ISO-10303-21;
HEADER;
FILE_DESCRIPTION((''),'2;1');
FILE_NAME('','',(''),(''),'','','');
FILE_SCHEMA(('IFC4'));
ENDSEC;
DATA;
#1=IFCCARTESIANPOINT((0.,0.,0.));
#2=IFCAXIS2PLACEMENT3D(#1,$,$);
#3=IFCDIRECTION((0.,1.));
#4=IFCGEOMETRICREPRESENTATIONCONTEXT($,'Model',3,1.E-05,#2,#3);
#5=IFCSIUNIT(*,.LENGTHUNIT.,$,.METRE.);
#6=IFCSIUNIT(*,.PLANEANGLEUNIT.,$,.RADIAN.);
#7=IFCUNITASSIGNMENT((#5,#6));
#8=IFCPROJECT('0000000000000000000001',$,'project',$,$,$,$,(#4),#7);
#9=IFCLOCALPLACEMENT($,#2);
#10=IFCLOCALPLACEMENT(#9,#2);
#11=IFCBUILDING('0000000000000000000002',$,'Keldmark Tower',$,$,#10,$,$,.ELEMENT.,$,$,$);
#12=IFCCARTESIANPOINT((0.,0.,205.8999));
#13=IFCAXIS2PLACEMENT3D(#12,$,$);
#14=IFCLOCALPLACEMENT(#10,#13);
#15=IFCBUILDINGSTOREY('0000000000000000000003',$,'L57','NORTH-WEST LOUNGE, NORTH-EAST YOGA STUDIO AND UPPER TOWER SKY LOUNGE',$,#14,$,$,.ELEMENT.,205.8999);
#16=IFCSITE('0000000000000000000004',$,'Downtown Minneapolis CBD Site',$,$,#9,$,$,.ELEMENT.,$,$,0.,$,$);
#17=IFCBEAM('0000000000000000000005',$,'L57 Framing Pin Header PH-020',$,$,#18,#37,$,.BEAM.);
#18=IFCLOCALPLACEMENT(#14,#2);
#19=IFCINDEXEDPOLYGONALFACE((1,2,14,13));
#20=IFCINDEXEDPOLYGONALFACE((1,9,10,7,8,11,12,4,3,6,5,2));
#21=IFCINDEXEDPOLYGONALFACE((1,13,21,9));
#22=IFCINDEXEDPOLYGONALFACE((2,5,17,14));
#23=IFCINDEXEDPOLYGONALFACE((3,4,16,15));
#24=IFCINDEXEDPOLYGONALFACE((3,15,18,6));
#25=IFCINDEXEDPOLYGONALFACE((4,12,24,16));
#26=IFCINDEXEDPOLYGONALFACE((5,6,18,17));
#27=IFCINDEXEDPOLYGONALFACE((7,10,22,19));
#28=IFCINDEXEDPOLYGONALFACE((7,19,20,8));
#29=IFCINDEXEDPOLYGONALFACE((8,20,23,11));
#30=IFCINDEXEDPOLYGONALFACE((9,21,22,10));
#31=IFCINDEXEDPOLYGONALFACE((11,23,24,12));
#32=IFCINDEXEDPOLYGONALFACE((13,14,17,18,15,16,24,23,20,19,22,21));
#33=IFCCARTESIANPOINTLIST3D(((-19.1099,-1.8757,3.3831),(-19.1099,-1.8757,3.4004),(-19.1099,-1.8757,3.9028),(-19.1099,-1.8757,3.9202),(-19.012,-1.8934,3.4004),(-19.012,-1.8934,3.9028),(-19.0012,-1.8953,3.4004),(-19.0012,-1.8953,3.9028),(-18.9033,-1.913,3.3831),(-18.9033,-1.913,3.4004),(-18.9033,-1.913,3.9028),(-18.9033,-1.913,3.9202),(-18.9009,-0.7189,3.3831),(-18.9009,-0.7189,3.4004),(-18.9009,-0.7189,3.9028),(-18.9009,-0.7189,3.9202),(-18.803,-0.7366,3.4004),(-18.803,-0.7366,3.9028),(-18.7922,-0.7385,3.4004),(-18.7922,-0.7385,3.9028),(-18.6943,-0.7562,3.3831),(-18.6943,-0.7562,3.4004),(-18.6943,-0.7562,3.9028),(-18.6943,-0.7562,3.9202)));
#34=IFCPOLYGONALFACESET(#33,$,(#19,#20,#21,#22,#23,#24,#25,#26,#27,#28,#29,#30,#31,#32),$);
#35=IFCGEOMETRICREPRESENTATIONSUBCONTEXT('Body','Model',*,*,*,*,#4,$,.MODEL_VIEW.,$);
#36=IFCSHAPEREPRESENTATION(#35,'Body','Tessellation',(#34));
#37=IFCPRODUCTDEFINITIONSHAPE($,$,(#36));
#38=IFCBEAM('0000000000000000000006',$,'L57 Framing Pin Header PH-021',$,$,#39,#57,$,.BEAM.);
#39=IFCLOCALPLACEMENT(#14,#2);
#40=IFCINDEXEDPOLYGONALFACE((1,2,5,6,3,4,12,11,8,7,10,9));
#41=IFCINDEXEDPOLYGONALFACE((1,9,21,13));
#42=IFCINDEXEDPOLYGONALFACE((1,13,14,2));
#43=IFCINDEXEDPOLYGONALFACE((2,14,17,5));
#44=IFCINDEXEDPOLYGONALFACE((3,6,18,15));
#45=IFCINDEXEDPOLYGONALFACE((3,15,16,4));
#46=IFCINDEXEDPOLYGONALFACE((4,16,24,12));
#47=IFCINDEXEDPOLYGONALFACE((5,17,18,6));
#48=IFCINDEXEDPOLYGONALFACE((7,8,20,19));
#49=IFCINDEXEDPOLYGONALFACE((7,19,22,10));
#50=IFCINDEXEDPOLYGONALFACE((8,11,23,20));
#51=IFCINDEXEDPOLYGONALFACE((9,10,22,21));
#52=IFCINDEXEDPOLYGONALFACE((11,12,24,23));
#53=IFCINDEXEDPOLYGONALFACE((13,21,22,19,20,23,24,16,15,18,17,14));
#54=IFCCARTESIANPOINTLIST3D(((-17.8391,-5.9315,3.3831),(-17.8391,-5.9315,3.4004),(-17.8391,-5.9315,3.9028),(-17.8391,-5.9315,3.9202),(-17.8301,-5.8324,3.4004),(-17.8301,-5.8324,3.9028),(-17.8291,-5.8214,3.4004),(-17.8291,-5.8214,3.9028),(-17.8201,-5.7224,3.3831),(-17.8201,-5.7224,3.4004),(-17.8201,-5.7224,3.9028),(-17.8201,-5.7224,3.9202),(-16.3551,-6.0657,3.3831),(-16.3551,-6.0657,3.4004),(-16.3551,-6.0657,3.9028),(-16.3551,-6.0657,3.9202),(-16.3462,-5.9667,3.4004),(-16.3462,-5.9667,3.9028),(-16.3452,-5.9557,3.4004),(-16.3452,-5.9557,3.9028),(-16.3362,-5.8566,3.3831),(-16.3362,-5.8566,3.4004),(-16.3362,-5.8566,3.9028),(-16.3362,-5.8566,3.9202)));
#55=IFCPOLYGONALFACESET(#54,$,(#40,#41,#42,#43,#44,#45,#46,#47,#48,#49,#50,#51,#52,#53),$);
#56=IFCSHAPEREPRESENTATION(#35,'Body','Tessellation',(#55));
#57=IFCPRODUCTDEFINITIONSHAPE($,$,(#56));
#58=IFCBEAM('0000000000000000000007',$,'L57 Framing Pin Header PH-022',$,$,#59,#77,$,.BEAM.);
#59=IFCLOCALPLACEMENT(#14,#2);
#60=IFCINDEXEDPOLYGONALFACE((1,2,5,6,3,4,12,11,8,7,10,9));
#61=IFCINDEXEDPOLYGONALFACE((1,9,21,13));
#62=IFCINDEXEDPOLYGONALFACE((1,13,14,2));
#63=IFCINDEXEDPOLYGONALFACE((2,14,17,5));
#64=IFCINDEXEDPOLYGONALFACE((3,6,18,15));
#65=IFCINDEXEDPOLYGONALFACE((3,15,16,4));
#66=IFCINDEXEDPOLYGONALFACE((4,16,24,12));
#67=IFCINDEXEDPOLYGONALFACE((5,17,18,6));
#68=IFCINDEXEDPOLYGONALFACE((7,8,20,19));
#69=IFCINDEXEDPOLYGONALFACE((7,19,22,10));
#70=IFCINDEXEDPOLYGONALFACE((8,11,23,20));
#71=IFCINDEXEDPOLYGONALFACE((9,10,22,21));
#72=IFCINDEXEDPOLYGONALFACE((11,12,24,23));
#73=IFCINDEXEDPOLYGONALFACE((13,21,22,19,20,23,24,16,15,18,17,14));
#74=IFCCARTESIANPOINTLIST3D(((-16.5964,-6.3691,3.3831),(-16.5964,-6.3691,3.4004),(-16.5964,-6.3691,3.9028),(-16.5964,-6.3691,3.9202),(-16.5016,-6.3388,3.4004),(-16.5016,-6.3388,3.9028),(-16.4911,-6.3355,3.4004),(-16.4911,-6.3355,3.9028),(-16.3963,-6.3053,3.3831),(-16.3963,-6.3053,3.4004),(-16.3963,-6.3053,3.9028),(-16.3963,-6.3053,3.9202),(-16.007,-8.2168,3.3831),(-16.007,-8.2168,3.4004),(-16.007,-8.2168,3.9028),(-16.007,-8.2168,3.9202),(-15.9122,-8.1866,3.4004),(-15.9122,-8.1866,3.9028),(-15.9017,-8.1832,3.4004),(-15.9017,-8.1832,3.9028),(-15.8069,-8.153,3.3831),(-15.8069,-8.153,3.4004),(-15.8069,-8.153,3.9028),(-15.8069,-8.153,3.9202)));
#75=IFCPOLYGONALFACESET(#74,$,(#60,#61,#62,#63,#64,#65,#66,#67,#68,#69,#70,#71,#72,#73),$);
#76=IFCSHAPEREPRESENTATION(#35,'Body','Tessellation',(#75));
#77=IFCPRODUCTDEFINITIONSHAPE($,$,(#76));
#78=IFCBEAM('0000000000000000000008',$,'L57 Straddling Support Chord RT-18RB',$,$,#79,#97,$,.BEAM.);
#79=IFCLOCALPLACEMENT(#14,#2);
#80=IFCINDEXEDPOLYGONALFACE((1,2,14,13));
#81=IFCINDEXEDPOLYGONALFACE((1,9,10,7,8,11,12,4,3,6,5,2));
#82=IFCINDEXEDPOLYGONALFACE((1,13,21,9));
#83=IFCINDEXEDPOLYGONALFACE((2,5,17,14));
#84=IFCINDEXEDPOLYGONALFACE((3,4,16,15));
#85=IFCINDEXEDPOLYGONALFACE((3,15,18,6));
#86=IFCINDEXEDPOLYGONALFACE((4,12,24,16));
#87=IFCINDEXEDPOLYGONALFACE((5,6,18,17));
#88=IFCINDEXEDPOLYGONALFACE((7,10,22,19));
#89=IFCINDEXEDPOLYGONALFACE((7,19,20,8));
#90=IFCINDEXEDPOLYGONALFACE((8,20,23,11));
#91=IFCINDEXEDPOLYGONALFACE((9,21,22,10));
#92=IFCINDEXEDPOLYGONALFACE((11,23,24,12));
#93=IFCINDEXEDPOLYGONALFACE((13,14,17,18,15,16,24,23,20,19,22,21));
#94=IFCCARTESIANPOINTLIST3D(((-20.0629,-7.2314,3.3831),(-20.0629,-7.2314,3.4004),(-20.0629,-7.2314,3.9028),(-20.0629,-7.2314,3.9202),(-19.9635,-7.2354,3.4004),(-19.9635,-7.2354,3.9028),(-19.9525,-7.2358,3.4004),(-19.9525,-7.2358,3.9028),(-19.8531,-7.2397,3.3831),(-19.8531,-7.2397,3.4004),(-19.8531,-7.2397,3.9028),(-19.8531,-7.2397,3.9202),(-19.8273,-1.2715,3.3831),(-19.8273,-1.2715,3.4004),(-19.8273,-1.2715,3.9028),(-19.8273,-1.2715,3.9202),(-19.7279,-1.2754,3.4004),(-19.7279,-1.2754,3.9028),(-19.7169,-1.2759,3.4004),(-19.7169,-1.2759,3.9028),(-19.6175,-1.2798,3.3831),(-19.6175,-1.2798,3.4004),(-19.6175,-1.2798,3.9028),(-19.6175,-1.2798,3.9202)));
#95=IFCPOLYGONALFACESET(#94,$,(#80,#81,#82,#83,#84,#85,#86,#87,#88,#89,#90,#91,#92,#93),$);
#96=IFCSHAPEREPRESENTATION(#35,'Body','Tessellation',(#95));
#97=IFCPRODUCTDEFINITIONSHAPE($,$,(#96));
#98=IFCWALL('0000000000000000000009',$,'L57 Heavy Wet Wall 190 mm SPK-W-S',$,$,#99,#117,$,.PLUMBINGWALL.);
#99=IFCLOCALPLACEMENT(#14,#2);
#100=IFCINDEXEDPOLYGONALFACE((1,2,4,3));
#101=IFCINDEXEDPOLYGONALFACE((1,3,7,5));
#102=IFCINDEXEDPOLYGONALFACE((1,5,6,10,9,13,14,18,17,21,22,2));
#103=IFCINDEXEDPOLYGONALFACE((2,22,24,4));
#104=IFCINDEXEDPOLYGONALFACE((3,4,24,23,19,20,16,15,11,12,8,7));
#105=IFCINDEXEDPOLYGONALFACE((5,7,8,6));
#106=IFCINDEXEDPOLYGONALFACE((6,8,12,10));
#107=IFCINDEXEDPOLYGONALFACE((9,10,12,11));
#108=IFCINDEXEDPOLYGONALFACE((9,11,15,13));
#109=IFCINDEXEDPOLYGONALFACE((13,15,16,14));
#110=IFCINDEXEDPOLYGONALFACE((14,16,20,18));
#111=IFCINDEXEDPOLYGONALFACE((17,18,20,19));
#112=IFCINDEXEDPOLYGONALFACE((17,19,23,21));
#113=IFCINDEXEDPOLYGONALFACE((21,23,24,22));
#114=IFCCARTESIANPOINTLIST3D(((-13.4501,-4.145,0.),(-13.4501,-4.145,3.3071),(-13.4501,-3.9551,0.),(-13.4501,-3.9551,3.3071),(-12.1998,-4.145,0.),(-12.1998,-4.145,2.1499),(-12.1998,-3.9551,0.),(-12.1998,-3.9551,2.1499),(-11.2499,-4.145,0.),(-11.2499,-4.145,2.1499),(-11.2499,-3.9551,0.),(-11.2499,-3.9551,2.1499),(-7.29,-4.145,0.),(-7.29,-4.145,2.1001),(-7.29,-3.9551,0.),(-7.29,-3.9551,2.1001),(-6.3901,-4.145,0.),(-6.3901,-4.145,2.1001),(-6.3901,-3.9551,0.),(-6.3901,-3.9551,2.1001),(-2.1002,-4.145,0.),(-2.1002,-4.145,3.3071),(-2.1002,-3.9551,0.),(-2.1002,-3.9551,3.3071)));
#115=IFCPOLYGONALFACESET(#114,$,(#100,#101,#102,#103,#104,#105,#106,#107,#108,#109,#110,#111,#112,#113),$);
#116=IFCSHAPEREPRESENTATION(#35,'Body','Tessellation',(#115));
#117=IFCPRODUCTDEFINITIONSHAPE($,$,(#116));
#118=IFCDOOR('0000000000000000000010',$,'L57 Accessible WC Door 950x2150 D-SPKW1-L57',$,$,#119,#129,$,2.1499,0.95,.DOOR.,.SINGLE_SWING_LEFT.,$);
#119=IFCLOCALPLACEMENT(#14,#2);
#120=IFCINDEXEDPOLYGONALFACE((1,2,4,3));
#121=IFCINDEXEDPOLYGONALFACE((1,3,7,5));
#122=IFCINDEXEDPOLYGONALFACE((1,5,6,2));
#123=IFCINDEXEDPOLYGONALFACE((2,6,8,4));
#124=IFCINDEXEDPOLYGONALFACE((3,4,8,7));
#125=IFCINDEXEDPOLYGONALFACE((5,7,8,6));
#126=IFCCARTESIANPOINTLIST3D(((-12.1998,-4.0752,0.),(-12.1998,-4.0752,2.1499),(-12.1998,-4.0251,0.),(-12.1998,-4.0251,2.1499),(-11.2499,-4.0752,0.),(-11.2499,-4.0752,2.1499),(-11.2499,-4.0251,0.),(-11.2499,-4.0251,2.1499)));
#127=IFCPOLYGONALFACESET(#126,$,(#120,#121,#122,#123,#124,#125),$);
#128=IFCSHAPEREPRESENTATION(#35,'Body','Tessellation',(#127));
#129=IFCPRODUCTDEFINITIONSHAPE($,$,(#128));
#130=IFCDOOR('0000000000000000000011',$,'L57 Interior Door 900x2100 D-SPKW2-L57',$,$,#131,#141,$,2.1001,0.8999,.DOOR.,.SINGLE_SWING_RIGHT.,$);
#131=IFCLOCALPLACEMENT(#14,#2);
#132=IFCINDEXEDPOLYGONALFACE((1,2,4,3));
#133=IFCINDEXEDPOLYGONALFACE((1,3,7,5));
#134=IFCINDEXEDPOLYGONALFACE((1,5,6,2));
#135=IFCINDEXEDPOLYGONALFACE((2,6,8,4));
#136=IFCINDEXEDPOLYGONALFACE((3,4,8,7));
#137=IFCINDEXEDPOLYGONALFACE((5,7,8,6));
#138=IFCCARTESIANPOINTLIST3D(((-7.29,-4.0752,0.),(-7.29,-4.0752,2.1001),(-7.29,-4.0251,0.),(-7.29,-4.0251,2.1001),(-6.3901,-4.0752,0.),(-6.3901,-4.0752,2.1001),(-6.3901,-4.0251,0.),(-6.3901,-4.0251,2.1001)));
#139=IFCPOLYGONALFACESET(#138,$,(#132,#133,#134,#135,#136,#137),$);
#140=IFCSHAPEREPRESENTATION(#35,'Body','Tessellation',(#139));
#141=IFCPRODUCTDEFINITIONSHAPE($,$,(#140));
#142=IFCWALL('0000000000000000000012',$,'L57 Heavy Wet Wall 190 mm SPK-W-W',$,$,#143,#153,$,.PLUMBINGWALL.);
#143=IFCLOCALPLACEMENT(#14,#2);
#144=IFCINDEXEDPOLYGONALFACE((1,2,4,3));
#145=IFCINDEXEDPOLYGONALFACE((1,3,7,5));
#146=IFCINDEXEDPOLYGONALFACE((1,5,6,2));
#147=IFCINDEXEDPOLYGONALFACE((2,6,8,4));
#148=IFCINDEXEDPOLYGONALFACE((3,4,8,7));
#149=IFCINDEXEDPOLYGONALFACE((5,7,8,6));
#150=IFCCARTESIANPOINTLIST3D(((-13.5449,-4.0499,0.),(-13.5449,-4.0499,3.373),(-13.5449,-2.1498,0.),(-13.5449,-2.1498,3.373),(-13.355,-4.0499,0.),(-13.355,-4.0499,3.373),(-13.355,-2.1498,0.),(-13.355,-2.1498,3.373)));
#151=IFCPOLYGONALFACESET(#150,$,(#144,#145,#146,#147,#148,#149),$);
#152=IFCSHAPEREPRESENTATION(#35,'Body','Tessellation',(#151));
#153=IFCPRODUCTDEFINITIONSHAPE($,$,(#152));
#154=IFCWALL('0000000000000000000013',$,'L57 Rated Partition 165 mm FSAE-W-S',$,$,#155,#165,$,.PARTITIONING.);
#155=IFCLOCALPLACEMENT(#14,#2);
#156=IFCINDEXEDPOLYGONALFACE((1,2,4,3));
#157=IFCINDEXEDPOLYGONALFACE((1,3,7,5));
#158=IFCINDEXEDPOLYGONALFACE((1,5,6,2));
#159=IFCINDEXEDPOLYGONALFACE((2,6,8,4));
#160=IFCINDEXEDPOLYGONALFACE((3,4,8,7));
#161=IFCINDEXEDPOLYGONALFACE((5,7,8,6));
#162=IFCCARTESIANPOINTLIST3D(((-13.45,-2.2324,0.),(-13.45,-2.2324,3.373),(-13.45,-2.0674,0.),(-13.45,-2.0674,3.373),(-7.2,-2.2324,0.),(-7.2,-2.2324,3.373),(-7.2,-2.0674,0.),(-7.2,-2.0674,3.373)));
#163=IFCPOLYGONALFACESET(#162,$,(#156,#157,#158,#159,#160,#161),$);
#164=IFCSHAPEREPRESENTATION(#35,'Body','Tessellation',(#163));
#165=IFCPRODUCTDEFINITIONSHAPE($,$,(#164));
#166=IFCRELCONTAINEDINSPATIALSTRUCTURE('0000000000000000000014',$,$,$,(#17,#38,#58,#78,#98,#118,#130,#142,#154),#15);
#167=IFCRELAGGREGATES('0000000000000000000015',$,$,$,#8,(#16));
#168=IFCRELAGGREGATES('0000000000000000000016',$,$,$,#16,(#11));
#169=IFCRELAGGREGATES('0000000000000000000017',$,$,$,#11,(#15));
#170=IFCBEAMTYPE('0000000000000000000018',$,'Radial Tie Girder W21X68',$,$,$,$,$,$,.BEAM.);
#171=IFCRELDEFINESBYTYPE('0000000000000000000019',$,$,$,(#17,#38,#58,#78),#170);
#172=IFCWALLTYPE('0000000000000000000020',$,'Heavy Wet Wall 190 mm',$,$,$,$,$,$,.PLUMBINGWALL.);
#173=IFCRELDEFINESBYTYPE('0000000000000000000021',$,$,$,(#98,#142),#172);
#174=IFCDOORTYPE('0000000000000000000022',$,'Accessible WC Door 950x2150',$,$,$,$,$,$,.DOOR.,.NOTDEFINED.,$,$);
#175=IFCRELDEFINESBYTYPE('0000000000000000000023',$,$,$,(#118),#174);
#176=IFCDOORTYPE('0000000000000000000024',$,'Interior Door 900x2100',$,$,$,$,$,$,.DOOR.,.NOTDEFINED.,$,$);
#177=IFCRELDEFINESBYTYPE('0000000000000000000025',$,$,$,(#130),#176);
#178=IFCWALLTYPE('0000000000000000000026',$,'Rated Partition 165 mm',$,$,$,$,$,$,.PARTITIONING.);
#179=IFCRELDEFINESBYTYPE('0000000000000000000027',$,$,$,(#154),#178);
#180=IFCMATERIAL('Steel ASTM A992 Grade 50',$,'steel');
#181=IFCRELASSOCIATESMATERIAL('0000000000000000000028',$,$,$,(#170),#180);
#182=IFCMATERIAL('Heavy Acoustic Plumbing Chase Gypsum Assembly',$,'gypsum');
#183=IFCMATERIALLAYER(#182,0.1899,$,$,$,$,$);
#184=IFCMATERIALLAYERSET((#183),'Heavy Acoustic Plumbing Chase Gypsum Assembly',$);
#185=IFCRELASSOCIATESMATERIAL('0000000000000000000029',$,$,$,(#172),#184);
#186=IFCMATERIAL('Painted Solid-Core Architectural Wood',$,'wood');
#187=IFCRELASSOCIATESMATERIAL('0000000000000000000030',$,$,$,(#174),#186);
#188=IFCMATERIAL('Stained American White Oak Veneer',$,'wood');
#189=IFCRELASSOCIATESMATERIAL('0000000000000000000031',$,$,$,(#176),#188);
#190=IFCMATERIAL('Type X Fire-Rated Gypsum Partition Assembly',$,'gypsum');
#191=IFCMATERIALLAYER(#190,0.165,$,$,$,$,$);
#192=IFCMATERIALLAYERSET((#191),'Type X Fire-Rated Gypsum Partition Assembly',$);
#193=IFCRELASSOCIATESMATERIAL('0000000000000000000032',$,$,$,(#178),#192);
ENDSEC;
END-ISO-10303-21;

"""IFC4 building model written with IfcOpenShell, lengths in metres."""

from ifc_helpers import new_model, si_unit, direction, frame, frame_2d, origin, origin_2d, place, context, subcontext, project, spatial, rectangle, i_section, extrude, material, layer, layer_set, material_profile, profile_set, type_object, element, fill, save


model = new_model("IFC4")

# Units and contexts
model_context = context("Model", 3, precision=1e-05, world=origin(), true_north=direction((0.0, 1.0)))
body_context = subcontext(model_context, "Body", "Model", "MODEL_VIEW")
ifc_project = project(units=[si_unit("LENGTHUNIT", "METRE"), si_unit("PLANEANGLEUNIT", "RADIAN")], contexts=[model_context])

# Site, building, storey
site_placement = place(None, origin())
site = spatial("IfcSite", under=ifc_project, at=site_placement, Name="Downtown Minneapolis CBD Site", CompositionType="ELEMENT", RefElevation=0.0)
building_placement = place(site_placement, origin())
building = spatial("IfcBuilding", under=site, at=building_placement, Name="Keldmark Tower", CompositionType="ELEMENT")
storey_placement = place(building_placement, frame((0.0, 0.0, 205.8999)))
storey = spatial("IfcBuildingStorey", under=building, at=storey_placement, Name="L57", Description="NORTH-WEST LOUNGE, NORTH-EAST YOGA STUDIO AND UPPER TOWER SKY LOUNGE", CompositionType="ELEMENT", Elevation=205.8999)

# Beams
ifc_material_1 = material(Name="Steel ASTM A992 Grade 50", Category="steel")
ifc_material_profile_1 = material_profile(ifc_material_1, i_section(OverallWidth=0.21, OverallDepth=0.5371, WebThickness=0.011, FlangeThickness=0.0173, at=origin_2d()), Name="W21X68")
ifc_profile_set_1 = profile_set([ifc_material_profile_1], Name="Steel ASTM A992 Grade 50")
beam_type_1 = type_object("IfcBeamType", Name="Radial Tie Girder W21X68", PredefinedType="BEAM", material=ifc_profile_set_1)
beam_1_placement = place(storey_placement, frame((-18.7976, -0.7375, 3.6516), z_axis=(-0.177789, -0.984069, 0.0), x_axis=(0.984069, -0.177789, 0.0)))
element("IfcBeam", 1, at=beam_1_placement, inside=storey, type_object=beam_type_1, Name="L57 Framing Pin Header PH-020", PredefinedType="BEAM", context=body_context, shape_type="SweptSolid", body=[
    extrude(i_section(OverallWidth=0.21, OverallDepth=0.5371, WebThickness=0.011, FlangeThickness=0.0173, at=origin_2d()), origin(), (0.0, 0.0, 1.0), 1.1755),
])
beam_2_placement = place(storey_placement, frame((-17.8296, -5.8269, 3.6516), z_axis=(0.995931, -0.090122, 0.0), x_axis=(0.090122, 0.995931, 0.0)))
element("IfcBeam", 2, at=beam_2_placement, inside=storey, type_object=beam_type_1, Name="L57 Framing Pin Header PH-021", PredefinedType="BEAM", context=body_context, shape_type="SweptSolid", body=[
    extrude(i_section(OverallWidth=0.21, OverallDepth=0.5371, WebThickness=0.011, FlangeThickness=0.0173, at=origin_2d()), origin(), (0.0, 0.0, 1.0), 1.49),
])
beam_3_placement = place(storey_placement, frame((-16.4963, -6.3372, 3.6516), z_axis=(0.303889, -0.952707, 0.0), x_axis=(0.952707, 0.303889, 0.0)))
element("IfcBeam", 3, at=beam_3_placement, inside=storey, type_object=beam_type_1, Name="L57 Framing Pin Header PH-022", PredefinedType="BEAM", context=body_context, shape_type="SweptSolid", body=[
    extrude(i_section(OverallWidth=0.21, OverallDepth=0.5371, WebThickness=0.011, FlangeThickness=0.0173, at=origin_2d()), origin(), (0.0, 0.0, 1.0), 1.9395),
])
beam_4_placement = place(storey_placement, frame((-19.7224, -1.2756, 3.6516), z_axis=(-0.039499, -0.99922, 0.0), x_axis=(0.99922, -0.039499, 0.0)))
element("IfcBeam", 4, at=beam_4_placement, inside=storey, type_object=beam_type_1, Name="L57 Straddling Support Chord RT-18RB", PredefinedType="BEAM", context=body_context, shape_type="SweptSolid", body=[
    extrude(i_section(OverallWidth=0.21, OverallDepth=0.5371, WebThickness=0.011, FlangeThickness=0.0173, at=origin_2d()), origin(), (0.0, 0.0, 1.0), 5.9646),
])

# Wall, openings, doors
ifc_material_2 = material(Name="Heavy Acoustic Plumbing Chase Gypsum Assembly", Category="gypsum")
ifc_layer_1 = layer(ifc_material_2, 0.1899)
ifc_layer_set_1 = layer_set([ifc_layer_1], Name="Heavy Acoustic Plumbing Chase Gypsum Assembly")
wall_type_1 = type_object("IfcWallType", Name="Heavy Wet Wall 190 mm", PredefinedType="PLUMBINGWALL", material=ifc_layer_set_1)
wall_1_placement = place(storey_placement, frame((-13.45, -4.05, 0.0), z_axis=(0.0, 0.0, 1.0), x_axis=(1.0, 0.0, 0.0)))
wall_1 = element("IfcWall", 5, at=wall_1_placement, inside=storey, type_object=wall_type_1, Name="L57 Heavy Wet Wall 190 mm SPK-W-S", PredefinedType="PLUMBINGWALL", context=body_context, shape_type="SweptSolid", body=[
    extrude(rectangle(XDim=11.3499, YDim=0.1899, at=frame_2d((5.6748, 0.0))), origin(), (0.0, 0.0, 1.0), 3.3071),
])
opening_1_placement = place(wall_1_placement, frame((1.25, 0.0, 0.0)))
opening_1 = element("IfcOpeningElement", 6, at=opening_1_placement, cuts=wall_1, PredefinedType="OPENING", context=body_context, shape_type="SweptSolid", body=[
    extrude(rectangle(XDim=0.95, YDim=2.1499, at=frame_2d((0.4751, 1.075))), frame((0.0, 0.105, 0.0), z_axis=(0.0, -1.0, 0.0), x_axis=(1.0, 0.0, 0.0)), (0.0, 0.0, 1.0), 0.21),
])
opening_2_placement = place(wall_1_placement, frame((6.1599, 0.0, 0.0)))
opening_2 = element("IfcOpeningElement", 7, at=opening_2_placement, cuts=wall_1, PredefinedType="OPENING", context=body_context, shape_type="SweptSolid", body=[
    extrude(rectangle(XDim=0.8999, YDim=2.1001, at=frame_2d((0.45, 1.05))), frame((0.0, 0.105, 0.0), z_axis=(0.0, -1.0, 0.0), x_axis=(1.0, 0.0, 0.0)), (0.0, 0.0, 1.0), 0.21),
])
ifc_material_3 = material(Name="Painted Solid-Core Architectural Wood", Category="wood")
door_type_1 = type_object("IfcDoorType", Name="Accessible WC Door 950x2150", OperationType="NOTDEFINED", PredefinedType="DOOR", material=ifc_material_3)
door_1_placement = place(opening_1_placement, origin())
door_1 = element("IfcDoor", 8, at=door_1_placement, inside=storey, type_object=door_type_1, Name="L57 Accessible WC Door 950x2150 D-SPKW1-L57", OperationType="SINGLE_SWING_LEFT", OverallHeight=2.1499, OverallWidth=0.95, PredefinedType="DOOR", context=body_context, shape_type="SweptSolid", body=[
    extrude(rectangle(XDim=0.95, YDim=2.1499, at=frame_2d((0.4751, 1.075))), frame((0.0, 0.0249, 0.0), z_axis=(0.0, -1.0, 0.0), x_axis=(1.0, 0.0, 0.0)), (0.0, 0.0, 1.0), 0.05),
])
fill(opening_1, door_1)
ifc_material_4 = material(Name="Stained American White Oak Veneer", Category="wood")
door_type_2 = type_object("IfcDoorType", Name="Interior Door 900x2100", OperationType="NOTDEFINED", PredefinedType="DOOR", material=ifc_material_4)
door_2_placement = place(opening_2_placement, origin())
door_2 = element("IfcDoor", 9, at=door_2_placement, inside=storey, type_object=door_type_2, Name="L57 Interior Door 900x2100 D-SPKW2-L57", OperationType="SINGLE_SWING_RIGHT", OverallHeight=2.1001, OverallWidth=0.8999, PredefinedType="DOOR", context=body_context, shape_type="SweptSolid", body=[
    extrude(rectangle(XDim=0.8999, YDim=2.1001, at=frame_2d((0.45, 1.05))), frame((0.0, 0.0249, 0.0), z_axis=(0.0, -1.0, 0.0), x_axis=(1.0, 0.0, 0.0)), (0.0, 0.0, 1.0), 0.05),
])
fill(opening_2, door_2)

# Walls
wall_2_placement = place(storey_placement, frame((-13.45, -4.05, 0.0), z_axis=(0.0, 0.0, 1.0), x_axis=(0.0, 1.0, 0.0)))
element("IfcWall", 10, at=wall_2_placement, inside=storey, type_object=wall_type_1, Name="L57 Heavy Wet Wall 190 mm SPK-W-W", PredefinedType="PLUMBINGWALL", context=body_context, shape_type="SweptSolid", body=[
    extrude(rectangle(XDim=1.9001, YDim=0.1899, at=frame_2d((0.9502, 0.0))), origin(), (0.0, 0.0, 1.0), 3.373),
])
ifc_material_5 = material(Name="Type X Fire-Rated Gypsum Partition Assembly", Category="gypsum")
ifc_layer_2 = layer(ifc_material_5, 0.165)
ifc_layer_set_2 = layer_set([ifc_layer_2], Name="Type X Fire-Rated Gypsum Partition Assembly")
wall_type_2 = type_object("IfcWallType", Name="Rated Partition 165 mm", PredefinedType="PARTITIONING", material=ifc_layer_set_2)
wall_3_placement = place(storey_placement, frame((-13.45, -2.1499, 0.0), z_axis=(0.0, 0.0, 1.0), x_axis=(1.0, 0.0, 0.0)))
element("IfcWall", 11, at=wall_3_placement, inside=storey, type_object=wall_type_2, Name="L57 Rated Partition 165 mm FSAE-W-S", PredefinedType="PARTITIONING", context=body_context, shape_type="SweptSolid", body=[
    extrude(rectangle(XDim=6.25, YDim=0.165, at=frame_2d((3.125, 0.0))), origin(), (0.0, 0.0, 1.0), 3.373),
])

save(model, "model.ifc")
